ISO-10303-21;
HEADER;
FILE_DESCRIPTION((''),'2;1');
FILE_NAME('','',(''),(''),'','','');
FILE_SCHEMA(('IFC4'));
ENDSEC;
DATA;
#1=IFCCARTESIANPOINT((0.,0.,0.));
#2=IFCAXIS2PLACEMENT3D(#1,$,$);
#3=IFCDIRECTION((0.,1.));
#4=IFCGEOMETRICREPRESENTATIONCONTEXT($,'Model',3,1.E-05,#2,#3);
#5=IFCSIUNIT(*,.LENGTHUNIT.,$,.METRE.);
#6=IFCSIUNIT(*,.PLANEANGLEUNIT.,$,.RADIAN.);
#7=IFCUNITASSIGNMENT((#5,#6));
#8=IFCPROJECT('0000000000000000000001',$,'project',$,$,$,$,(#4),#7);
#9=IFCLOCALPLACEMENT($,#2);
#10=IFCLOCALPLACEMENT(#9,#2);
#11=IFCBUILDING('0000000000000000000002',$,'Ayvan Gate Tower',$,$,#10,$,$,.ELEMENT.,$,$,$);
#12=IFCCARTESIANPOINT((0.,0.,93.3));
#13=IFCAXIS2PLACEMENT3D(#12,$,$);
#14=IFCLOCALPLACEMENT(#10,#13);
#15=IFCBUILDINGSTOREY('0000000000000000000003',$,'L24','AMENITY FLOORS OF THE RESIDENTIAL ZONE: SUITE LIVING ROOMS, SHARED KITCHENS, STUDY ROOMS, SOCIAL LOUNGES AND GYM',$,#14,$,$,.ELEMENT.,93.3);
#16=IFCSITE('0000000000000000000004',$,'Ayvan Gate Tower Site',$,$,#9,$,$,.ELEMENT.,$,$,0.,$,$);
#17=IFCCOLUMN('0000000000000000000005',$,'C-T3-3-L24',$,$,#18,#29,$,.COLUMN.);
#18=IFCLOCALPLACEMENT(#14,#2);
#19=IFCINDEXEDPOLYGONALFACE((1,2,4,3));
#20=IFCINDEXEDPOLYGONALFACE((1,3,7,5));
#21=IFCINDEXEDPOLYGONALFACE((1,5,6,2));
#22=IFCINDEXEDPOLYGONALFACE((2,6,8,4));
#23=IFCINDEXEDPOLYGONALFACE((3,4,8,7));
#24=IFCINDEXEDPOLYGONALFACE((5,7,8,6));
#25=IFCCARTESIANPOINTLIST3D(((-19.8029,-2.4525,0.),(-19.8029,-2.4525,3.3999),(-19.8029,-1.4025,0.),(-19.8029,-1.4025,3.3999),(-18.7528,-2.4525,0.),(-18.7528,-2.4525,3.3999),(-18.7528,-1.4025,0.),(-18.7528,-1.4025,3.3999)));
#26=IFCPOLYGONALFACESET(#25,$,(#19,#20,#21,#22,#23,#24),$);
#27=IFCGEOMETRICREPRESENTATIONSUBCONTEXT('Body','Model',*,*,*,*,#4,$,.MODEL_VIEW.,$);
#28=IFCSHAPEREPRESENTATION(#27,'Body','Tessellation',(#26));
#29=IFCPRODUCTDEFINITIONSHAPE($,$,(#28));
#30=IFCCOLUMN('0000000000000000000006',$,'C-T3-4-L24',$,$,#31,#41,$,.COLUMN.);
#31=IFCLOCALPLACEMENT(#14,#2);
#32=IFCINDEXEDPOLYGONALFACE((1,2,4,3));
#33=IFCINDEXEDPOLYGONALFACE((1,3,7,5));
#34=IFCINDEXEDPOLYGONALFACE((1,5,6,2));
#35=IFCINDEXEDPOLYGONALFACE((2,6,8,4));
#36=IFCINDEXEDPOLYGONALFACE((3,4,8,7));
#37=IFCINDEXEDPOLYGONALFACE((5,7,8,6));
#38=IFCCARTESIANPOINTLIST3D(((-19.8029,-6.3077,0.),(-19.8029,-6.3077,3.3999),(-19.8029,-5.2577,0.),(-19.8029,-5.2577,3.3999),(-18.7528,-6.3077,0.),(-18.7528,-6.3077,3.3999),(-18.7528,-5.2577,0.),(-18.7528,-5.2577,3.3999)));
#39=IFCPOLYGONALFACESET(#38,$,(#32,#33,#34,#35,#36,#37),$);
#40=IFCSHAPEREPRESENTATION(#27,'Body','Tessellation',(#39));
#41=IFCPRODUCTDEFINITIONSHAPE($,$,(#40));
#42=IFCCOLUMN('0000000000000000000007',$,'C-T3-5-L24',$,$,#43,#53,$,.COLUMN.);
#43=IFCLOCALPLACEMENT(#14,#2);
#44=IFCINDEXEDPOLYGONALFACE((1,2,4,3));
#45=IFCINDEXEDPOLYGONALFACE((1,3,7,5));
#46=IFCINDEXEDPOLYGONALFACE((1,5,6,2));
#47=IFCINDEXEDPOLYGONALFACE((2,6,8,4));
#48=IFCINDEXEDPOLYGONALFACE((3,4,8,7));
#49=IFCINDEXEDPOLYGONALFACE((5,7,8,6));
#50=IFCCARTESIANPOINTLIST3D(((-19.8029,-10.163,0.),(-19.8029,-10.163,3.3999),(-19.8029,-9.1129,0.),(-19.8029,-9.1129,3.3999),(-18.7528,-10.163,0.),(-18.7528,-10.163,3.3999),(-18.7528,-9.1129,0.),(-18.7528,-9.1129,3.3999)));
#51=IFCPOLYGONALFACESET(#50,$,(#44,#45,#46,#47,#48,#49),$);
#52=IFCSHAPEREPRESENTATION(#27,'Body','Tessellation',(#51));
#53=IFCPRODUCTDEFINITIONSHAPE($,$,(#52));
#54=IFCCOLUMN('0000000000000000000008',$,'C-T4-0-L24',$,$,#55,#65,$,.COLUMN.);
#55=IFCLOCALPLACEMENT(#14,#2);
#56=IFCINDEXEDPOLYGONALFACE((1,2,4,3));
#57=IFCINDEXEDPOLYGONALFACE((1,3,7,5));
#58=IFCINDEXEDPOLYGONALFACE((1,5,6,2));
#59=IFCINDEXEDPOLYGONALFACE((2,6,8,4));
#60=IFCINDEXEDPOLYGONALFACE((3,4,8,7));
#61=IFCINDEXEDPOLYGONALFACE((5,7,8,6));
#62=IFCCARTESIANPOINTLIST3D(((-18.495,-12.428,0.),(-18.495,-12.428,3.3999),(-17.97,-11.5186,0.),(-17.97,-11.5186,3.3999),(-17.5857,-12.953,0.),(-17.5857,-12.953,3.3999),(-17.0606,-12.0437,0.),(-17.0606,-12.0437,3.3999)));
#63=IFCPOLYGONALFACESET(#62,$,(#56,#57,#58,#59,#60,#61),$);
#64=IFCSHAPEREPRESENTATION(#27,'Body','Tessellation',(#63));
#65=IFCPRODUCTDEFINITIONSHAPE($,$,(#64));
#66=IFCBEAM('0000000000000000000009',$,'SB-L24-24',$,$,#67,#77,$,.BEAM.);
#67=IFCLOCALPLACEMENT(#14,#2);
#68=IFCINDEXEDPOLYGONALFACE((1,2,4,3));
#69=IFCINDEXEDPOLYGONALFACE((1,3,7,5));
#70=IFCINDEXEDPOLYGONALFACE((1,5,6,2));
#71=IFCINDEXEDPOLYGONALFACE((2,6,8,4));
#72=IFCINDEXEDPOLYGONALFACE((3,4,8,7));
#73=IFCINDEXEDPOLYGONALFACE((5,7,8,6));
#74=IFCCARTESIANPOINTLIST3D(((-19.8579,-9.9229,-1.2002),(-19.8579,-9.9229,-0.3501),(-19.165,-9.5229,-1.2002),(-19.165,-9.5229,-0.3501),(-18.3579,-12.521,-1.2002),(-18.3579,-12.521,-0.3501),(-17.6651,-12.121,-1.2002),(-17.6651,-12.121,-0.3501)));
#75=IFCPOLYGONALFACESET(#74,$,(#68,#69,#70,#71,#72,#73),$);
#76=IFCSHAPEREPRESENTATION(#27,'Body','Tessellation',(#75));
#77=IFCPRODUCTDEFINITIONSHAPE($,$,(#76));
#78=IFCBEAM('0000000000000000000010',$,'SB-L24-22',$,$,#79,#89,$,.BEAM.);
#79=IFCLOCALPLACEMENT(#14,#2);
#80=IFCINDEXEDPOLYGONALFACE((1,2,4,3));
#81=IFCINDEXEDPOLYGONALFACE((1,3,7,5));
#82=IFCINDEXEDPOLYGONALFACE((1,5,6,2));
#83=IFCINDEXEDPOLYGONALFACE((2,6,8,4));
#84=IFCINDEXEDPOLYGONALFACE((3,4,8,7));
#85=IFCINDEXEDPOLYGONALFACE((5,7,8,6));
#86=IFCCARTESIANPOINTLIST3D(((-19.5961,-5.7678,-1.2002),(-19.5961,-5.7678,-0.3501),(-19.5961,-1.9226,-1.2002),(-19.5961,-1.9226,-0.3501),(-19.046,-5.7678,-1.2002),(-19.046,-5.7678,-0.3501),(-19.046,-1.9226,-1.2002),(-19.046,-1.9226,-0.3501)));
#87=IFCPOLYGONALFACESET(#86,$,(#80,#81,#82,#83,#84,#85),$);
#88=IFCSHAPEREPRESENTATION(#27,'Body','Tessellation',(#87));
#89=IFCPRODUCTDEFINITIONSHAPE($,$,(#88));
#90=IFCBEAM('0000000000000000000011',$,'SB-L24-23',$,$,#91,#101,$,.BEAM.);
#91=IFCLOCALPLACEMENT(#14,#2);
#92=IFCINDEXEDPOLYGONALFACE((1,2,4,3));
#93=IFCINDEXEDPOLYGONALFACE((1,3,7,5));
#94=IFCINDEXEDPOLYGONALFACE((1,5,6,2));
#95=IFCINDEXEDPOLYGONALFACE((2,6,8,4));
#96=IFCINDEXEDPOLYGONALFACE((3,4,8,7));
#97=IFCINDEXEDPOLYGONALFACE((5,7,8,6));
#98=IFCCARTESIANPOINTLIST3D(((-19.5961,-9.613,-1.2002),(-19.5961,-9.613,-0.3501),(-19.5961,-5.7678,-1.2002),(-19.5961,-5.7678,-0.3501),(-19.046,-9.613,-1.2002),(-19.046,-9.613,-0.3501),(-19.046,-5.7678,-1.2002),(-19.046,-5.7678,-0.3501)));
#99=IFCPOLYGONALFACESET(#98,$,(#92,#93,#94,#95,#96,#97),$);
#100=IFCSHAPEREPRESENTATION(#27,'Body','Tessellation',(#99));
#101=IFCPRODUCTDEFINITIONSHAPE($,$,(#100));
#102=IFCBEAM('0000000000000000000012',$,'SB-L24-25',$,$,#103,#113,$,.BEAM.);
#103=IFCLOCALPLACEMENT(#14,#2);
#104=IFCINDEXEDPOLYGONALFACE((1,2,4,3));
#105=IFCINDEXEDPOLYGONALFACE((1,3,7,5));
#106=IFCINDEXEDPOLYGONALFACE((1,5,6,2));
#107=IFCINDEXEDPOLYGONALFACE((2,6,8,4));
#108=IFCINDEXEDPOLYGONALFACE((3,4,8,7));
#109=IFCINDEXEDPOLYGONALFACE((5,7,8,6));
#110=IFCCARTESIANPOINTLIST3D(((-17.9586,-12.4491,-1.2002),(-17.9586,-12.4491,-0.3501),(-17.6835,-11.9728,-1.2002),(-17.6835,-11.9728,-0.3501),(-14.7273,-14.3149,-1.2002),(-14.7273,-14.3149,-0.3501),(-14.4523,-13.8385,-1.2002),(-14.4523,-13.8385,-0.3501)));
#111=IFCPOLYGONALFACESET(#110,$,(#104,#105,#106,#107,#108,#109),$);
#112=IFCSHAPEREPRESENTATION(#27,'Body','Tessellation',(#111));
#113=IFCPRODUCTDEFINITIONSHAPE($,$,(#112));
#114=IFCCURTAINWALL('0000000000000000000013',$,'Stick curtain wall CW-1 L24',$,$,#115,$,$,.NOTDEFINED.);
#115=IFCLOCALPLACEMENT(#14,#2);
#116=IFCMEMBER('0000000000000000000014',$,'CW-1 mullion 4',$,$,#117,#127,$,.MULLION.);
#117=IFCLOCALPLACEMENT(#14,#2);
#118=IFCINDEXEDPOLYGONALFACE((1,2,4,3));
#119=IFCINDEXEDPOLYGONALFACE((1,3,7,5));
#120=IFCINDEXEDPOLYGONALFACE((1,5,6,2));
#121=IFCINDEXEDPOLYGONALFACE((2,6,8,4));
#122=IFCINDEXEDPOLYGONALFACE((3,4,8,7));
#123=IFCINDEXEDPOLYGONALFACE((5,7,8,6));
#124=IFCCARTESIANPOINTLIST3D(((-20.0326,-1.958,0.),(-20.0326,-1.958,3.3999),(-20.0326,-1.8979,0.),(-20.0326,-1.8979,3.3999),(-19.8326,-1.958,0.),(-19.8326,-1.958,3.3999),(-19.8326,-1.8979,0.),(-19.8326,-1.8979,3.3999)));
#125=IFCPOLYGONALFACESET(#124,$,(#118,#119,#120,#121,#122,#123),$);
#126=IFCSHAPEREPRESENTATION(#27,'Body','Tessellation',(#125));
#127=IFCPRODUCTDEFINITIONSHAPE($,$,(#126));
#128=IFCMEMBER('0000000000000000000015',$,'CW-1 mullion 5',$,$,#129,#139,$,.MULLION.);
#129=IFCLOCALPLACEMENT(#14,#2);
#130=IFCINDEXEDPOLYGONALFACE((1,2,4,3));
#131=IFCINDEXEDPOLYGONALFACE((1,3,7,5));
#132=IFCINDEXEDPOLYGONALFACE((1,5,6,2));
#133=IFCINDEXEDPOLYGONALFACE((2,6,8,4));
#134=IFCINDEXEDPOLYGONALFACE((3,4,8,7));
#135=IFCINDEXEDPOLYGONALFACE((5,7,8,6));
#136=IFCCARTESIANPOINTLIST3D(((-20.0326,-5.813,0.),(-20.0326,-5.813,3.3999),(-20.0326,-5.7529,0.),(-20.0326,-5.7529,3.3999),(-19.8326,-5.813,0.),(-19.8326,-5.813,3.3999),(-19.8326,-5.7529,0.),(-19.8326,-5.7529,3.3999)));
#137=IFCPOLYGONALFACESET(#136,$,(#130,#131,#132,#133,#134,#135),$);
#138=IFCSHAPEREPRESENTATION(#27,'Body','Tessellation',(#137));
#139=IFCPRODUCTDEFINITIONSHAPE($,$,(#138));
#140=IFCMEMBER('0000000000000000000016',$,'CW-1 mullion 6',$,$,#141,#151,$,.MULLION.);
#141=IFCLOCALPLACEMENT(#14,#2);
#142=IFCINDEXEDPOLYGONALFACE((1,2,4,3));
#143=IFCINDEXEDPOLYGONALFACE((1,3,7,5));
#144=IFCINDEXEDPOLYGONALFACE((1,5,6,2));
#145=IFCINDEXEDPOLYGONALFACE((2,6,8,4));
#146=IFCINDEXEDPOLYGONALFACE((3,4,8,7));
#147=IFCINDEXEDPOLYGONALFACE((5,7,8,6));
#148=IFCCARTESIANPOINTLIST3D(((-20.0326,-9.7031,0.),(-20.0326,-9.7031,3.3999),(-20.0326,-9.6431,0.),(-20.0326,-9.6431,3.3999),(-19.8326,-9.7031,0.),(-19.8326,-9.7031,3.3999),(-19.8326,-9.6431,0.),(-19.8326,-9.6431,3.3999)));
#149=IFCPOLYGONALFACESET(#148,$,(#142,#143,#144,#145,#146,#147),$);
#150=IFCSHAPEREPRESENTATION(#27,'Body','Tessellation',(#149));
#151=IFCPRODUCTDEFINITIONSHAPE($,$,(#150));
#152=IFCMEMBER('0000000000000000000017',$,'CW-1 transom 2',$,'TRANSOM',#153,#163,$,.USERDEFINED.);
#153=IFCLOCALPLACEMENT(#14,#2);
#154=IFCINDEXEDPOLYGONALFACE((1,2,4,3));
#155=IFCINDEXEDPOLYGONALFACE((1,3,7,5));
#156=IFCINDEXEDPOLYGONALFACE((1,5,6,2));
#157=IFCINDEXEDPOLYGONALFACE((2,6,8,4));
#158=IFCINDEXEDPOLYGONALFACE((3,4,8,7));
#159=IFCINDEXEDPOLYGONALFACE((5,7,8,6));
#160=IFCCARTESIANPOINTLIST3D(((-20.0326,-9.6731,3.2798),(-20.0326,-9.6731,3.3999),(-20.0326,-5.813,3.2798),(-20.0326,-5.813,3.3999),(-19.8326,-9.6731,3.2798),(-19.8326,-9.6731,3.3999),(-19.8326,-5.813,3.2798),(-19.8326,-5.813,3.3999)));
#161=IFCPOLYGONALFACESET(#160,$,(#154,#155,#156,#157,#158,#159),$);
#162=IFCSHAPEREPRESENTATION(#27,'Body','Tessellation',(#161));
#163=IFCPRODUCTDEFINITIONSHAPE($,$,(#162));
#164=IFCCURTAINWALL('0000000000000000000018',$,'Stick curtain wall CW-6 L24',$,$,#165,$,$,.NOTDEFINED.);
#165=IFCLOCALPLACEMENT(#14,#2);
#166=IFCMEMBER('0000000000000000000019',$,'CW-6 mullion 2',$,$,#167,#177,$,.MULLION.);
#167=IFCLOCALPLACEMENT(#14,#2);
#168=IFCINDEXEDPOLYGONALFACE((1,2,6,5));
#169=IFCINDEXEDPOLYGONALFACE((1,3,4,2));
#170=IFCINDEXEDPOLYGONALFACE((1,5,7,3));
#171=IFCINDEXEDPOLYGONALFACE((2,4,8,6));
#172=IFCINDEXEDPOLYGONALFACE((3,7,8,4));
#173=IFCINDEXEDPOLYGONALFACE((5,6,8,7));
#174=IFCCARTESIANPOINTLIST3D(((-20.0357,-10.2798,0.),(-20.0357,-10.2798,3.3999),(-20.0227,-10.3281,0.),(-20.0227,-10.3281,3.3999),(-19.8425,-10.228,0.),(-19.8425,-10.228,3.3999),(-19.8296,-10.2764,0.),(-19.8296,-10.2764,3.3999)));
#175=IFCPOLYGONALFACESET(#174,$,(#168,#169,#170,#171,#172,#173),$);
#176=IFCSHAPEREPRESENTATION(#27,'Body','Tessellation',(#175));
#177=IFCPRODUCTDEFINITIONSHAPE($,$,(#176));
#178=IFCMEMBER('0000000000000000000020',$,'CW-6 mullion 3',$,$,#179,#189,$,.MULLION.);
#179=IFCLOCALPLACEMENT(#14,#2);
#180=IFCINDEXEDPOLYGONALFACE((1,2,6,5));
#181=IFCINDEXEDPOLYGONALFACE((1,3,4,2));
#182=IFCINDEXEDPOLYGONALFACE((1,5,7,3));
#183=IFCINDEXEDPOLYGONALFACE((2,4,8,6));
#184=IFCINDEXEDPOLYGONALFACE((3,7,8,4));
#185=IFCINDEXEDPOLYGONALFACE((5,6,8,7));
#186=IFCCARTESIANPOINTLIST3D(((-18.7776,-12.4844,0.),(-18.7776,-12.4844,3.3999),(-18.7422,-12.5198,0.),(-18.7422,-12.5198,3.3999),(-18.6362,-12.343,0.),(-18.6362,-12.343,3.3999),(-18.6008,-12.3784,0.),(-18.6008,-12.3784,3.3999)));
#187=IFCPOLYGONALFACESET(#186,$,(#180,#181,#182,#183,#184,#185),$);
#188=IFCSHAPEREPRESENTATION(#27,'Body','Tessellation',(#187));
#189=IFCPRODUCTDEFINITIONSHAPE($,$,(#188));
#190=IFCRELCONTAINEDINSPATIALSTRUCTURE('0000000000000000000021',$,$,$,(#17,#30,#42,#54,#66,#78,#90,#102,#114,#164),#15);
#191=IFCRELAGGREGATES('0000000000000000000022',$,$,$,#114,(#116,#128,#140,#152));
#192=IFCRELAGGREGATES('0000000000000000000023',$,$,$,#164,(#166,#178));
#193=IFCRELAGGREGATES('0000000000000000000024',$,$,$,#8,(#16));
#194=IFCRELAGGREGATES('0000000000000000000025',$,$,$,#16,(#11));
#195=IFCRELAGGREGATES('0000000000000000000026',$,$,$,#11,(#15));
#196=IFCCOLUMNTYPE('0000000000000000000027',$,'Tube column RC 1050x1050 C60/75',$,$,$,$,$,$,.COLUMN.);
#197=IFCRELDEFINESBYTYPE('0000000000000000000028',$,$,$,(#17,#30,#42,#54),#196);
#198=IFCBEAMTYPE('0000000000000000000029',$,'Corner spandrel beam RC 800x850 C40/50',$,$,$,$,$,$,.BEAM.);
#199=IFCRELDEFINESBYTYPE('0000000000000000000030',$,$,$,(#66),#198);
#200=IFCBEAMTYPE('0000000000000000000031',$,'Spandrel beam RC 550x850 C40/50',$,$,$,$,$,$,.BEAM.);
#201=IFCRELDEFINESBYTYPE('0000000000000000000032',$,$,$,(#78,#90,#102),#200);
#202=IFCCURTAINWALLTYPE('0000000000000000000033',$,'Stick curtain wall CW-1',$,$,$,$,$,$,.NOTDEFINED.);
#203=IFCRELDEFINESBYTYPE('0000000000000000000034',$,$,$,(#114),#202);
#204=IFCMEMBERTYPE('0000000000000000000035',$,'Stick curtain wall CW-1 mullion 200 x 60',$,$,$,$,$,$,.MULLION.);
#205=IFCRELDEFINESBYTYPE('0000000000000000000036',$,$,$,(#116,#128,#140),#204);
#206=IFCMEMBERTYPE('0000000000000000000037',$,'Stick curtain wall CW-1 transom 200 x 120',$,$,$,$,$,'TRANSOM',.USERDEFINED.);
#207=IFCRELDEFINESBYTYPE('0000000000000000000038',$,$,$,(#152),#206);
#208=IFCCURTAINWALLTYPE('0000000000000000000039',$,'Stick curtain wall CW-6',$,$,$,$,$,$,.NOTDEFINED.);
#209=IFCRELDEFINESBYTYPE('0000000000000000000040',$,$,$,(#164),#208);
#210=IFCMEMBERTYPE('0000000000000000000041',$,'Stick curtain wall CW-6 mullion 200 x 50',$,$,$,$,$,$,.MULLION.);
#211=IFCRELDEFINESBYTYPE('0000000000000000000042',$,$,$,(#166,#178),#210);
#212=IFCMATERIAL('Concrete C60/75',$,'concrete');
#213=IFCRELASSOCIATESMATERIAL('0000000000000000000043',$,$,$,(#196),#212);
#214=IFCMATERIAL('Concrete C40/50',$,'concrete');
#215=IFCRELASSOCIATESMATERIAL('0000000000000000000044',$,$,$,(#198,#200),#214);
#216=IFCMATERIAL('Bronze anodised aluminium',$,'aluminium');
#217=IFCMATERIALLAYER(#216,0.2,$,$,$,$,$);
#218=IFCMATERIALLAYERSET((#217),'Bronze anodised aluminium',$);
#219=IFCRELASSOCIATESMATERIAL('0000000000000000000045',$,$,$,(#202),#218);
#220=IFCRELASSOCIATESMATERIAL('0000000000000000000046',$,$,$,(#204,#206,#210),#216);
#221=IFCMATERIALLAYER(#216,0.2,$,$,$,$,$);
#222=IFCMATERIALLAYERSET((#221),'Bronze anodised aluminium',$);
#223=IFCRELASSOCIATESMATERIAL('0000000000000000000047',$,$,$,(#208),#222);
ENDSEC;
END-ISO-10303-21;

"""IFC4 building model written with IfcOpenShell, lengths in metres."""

from ifc_helpers import new_model, si_unit, direction, frame, origin, origin_2d, place, context, subcontext, project, spatial, rectangle, extrude, material, layer, layer_set, material_profile, profile_set, type_object, element, aggregate, save


model = new_model("IFC4")

# Units and contexts
model_context = context("Model", 3, precision=1e-05, world=origin(), true_north=direction((0.0, 1.0)))
body_context = subcontext(model_context, "Body", "Model", "MODEL_VIEW")
ifc_project = project(units=[si_unit("LENGTHUNIT", "METRE"), si_unit("PLANEANGLEUNIT", "RADIAN")], contexts=[model_context])

# Site, building, storey
site_placement = place(None, origin())
site = spatial("IfcSite", under=ifc_project, at=site_placement, Name="Ayvan Gate Tower Site", CompositionType="ELEMENT", RefElevation=0.0)
building_placement = place(site_placement, origin())
building = spatial("IfcBuilding", under=site, at=building_placement, Name="Ayvan Gate Tower", CompositionType="ELEMENT")
storey_placement = place(building_placement, frame((0.0, 0.0, 93.3)))
storey = spatial("IfcBuildingStorey", under=building, at=storey_placement, Name="L24", Description="AMENITY FLOORS OF THE RESIDENTIAL ZONE: SUITE LIVING ROOMS, SHARED KITCHENS, STUDY ROOMS, SOCIAL LOUNGES AND GYM", CompositionType="ELEMENT", Elevation=93.3)

# Columns
ifc_material_1 = material(Name="Concrete C60/75", Category="concrete")
ifc_material_profile_1 = material_profile(ifc_material_1, rectangle(XDim=1.05, YDim=1.05, at=origin_2d()), Name="RC 1050x1050")
ifc_profile_set_1 = profile_set([ifc_material_profile_1], Name="Concrete C60/75")
column_type = type_object("IfcColumnType", Name="Tube column RC 1050x1050 C60/75", PredefinedType="COLUMN", material=ifc_profile_set_1)
for number, where, z_axis, x_axis, name in (
    (1, (-19.2778, -1.9275, 0.0), (0.0, 0.0, 1.0), (-1.0, 0.0, 0.0), "C-T3-3-L24"),
    (2, (-19.2778, -5.7827, 0.0), (0.0, 0.0, 1.0), (-1.0, 0.0, 0.0), "C-T3-4-L24"),
    (3, (-19.2778, -9.6379, 0.0), (0.0, 0.0, 1.0), (-1.0, 0.0, 0.0), "C-T3-5-L24"),
    (4, (-17.7778, -12.2358, 0.0), (0.0, 0.0, 1.0), (-0.5, -0.866025, 0.0), "C-T4-0-L24"),
):
    element("IfcColumn", number, at=place(storey_placement, frame(where, z_axis=z_axis, x_axis=x_axis)), inside=storey, type_object=column_type, Name=name, PredefinedType="COLUMN", context=body_context, shape_type="SweptSolid", body=[
        extrude(rectangle(XDim=1.05, YDim=1.05, at=origin_2d()), origin(), (0.0, 0.0, 1.0), 3.3999),
    ])

# Beams
ifc_material_2 = material(Name="Concrete C40/50", Category="concrete")
ifc_material_profile_2 = material_profile(ifc_material_2, rectangle(XDim=0.8, YDim=0.8501, at=origin_2d()), Name="RC 800x850")
ifc_profile_set_2 = profile_set([ifc_material_profile_2], Name="Concrete C40/50")
beam_type_1 = type_object("IfcBeamType", Name="Corner spandrel beam RC 800x850 C40/50", PredefinedType="BEAM", material=ifc_profile_set_2)
beam_1_placement = place(storey_placement, frame((-19.5115, -9.7229, -0.7751), z_axis=(0.49999, -0.866031, 0.0), x_axis=(0.866031, 0.49999, 0.0)))
element("IfcBeam", 5, at=beam_1_placement, inside=storey, type_object=beam_type_1, Name="SB-L24-24", PredefinedType="BEAM", context=body_context, shape_type="SweptSolid", body=[
    extrude(rectangle(XDim=0.8, YDim=0.8501, at=origin_2d()), origin(), (0.0, 0.0, 1.0), 3.0),
])
ifc_material_profile_3 = material_profile(ifc_material_2, rectangle(XDim=0.55, YDim=0.8501, at=origin_2d()), Name="RC 550x850")
ifc_profile_set_3 = profile_set([ifc_material_profile_3], Name="Concrete C40/50")
beam_type_2 = type_object("IfcBeamType", Name="Spandrel beam RC 550x850 C40/50", PredefinedType="BEAM", material=ifc_profile_set_3)
for number, where, z_axis, x_axis, name in (
    (6, (-19.321, -1.9226, -0.7751), (0.0, -1.0, 0.0), (1.0, 0.0, 0.0), "SB-L24-22"),
    (7, (-19.321, -5.7678, -0.7751), (0.0, -1.0, 0.0), (1.0, 0.0, 0.0), "SB-L24-23"),
):
    element("IfcBeam", number, at=place(storey_placement, frame(where, z_axis=z_axis, x_axis=x_axis)), inside=storey, type_object=beam_type_2, Name=name, PredefinedType="BEAM", context=body_context, shape_type="SweptSolid", body=[
        extrude(rectangle(XDim=0.55, YDim=0.8501, at=origin_2d()), origin(), (0.0, 0.0, 1.0), 3.8452),
    ])
beam_2_placement = place(storey_placement, frame((-17.821, -12.2109, -0.7751), z_axis=(0.866004, -0.500038, 0.0), x_axis=(0.500038, 0.866004, 0.0)))
element("IfcBeam", 8, at=beam_2_placement, inside=storey, type_object=beam_type_2, Name="SB-L24-25", PredefinedType="BEAM", context=body_context, shape_type="SweptSolid", body=[
    extrude(rectangle(XDim=0.55, YDim=0.8501, at=origin_2d()), origin(), (0.0, 0.0, 1.0), 3.7312),
])

# Curtain walls, members
ifc_material_3 = material(Name="Bronze anodised aluminium", Category="aluminium")
ifc_layer_1 = layer(ifc_material_3, 0.2)
ifc_layer_set_1 = layer_set([ifc_layer_1], Name="Bronze anodised aluminium")
curtain_wall_type_1 = type_object("IfcCurtainWallType", Name="Stick curtain wall CW-1", PredefinedType="NOTDEFINED", material=ifc_layer_set_1)
curtain_wall_1_placement = place(storey_placement, origin())
curtain_wall_1 = element("IfcCurtainWall", 9, at=curtain_wall_1_placement, inside=storey, type_object=curtain_wall_type_1, Name="Stick curtain wall CW-1 L24", PredefinedType="NOTDEFINED")
ifc_material_profile_4 = material_profile(ifc_material_3, rectangle(XDim=0.2, YDim=0.0601, at=origin_2d()), Name="Stick curtain wall CW-1 mullion 200 x 60")
ifc_profile_set_4 = profile_set([ifc_material_profile_4], Name="Bronze anodised aluminium")
member_type_1 = type_object("IfcMemberType", Name="Stick curtain wall CW-1 mullion 200 x 60", PredefinedType="MULLION", material=ifc_profile_set_4)
member_1_placement = place(storey_placement, frame((-19.9326, -1.928, 0.0), z_axis=(0.0, 0.0, 1.0), x_axis=(-1.0, 0.0, 0.0)))
member_1 = element("IfcMember", 10, at=member_1_placement, type_object=member_type_1, Name="CW-1 mullion 4", PredefinedType="MULLION", context=body_context, shape_type="SweptSolid", body=[
    extrude(rectangle(XDim=0.2, YDim=0.0601, at=origin_2d()), origin(), (0.0, 0.0, 1.0), 3.3999),
])
member_2_placement = place(storey_placement, frame((-19.9326, -5.783, 0.0), z_axis=(0.0, 0.0, 1.0), x_axis=(-1.0, 0.0, 0.0)))
member_2 = element("IfcMember", 11, at=member_2_placement, type_object=member_type_1, Name="CW-1 mullion 5", PredefinedType="MULLION", context=body_context, shape_type="SweptSolid", body=[
    extrude(rectangle(XDim=0.2, YDim=0.0601, at=origin_2d()), origin(), (0.0, 0.0, 1.0), 3.3999),
])
member_3_placement = place(storey_placement, frame((-19.9326, -9.6731, 0.0), z_axis=(0.0, 0.0, 1.0), x_axis=(-1.0, 0.0, 0.0)))
member_3 = element("IfcMember", 12, at=member_3_placement, type_object=member_type_1, Name="CW-1 mullion 6", PredefinedType="MULLION", context=body_context, shape_type="SweptSolid", body=[
    extrude(rectangle(XDim=0.2, YDim=0.0601, at=origin_2d()), origin(), (0.0, 0.0, 1.0), 3.3999),
])
ifc_material_profile_5 = material_profile(ifc_material_3, rectangle(XDim=0.2, YDim=0.1201, at=origin_2d()), Name="Stick curtain wall CW-1 transom 200 x 120")
ifc_profile_set_5 = profile_set([ifc_material_profile_5], Name="Bronze anodised aluminium")
member_type_2 = type_object("IfcMemberType", Name="Stick curtain wall CW-1 transom 200 x 120", ElementType="TRANSOM", PredefinedType="USERDEFINED", material=ifc_profile_set_5)
member_4_placement = place(storey_placement, frame((-19.9326, -5.813, 3.3398), z_axis=(0.0, -1.0, 0.0), x_axis=(1.0, 0.0, 0.0)))
member_4 = element("IfcMember", 13, at=member_4_placement, type_object=member_type_2, Name="CW-1 transom 2", ObjectType="TRANSOM", PredefinedType="USERDEFINED", context=body_context, shape_type="SweptSolid", body=[
    extrude(rectangle(XDim=0.2, YDim=0.1201, at=origin_2d()), origin(), (0.0, 0.0, 1.0), 3.8601),
])
ifc_layer_2 = layer(ifc_material_3, 0.2)
ifc_layer_set_2 = layer_set([ifc_layer_2], Name="Bronze anodised aluminium")
curtain_wall_type_2 = type_object("IfcCurtainWallType", Name="Stick curtain wall CW-6", PredefinedType="NOTDEFINED", material=ifc_layer_set_2)
curtain_wall_2_placement = place(storey_placement, origin())
curtain_wall_2 = element("IfcCurtainWall", 14, at=curtain_wall_2_placement, inside=storey, type_object=curtain_wall_type_2, Name="Stick curtain wall CW-6 L24", PredefinedType="NOTDEFINED")
ifc_material_profile_6 = material_profile(ifc_material_3, rectangle(XDim=0.2, YDim=0.05, at=origin_2d()), Name="Stick curtain wall CW-6 mullion 200 x 50")
ifc_profile_set_6 = profile_set([ifc_material_profile_6], Name="Bronze anodised aluminium")
member_type_3 = type_object("IfcMemberType", Name="Stick curtain wall CW-6 mullion 200 x 50", PredefinedType="MULLION", material=ifc_profile_set_6)
member_5_placement = place(storey_placement, frame((-19.9326, -10.2781, 0.0), z_axis=(0.0, 0.0, 1.0), x_axis=(-0.965926, -0.258819, 0.0)))
member_5 = element("IfcMember", 15, at=member_5_placement, type_object=member_type_3, Name="CW-6 mullion 2", PredefinedType="MULLION", context=body_context, shape_type="SweptSolid", body=[
    extrude(rectangle(XDim=0.2, YDim=0.05, at=origin_2d()), origin(), (0.0, 0.0, 1.0), 3.3999),
])
member_6_placement = place(storey_placement, frame((-18.6892, -12.4314, 0.0), z_axis=(0.0, 0.0, 1.0), x_axis=(-0.707107, -0.707107, 0.0)))
member_6 = element("IfcMember", 16, at=member_6_placement, type_object=member_type_3, Name="CW-6 mullion 3", PredefinedType="MULLION", context=body_context, shape_type="SweptSolid", body=[
    extrude(rectangle(XDim=0.2, YDim=0.05, at=origin_2d()), origin(), (0.0, 0.0, 1.0), 3.3999),
])

aggregate(curtain_wall_1, [member_1, member_2, member_3, member_4])
aggregate(curtain_wall_2, [member_5, member_6])

save(model, "model.ifc")
